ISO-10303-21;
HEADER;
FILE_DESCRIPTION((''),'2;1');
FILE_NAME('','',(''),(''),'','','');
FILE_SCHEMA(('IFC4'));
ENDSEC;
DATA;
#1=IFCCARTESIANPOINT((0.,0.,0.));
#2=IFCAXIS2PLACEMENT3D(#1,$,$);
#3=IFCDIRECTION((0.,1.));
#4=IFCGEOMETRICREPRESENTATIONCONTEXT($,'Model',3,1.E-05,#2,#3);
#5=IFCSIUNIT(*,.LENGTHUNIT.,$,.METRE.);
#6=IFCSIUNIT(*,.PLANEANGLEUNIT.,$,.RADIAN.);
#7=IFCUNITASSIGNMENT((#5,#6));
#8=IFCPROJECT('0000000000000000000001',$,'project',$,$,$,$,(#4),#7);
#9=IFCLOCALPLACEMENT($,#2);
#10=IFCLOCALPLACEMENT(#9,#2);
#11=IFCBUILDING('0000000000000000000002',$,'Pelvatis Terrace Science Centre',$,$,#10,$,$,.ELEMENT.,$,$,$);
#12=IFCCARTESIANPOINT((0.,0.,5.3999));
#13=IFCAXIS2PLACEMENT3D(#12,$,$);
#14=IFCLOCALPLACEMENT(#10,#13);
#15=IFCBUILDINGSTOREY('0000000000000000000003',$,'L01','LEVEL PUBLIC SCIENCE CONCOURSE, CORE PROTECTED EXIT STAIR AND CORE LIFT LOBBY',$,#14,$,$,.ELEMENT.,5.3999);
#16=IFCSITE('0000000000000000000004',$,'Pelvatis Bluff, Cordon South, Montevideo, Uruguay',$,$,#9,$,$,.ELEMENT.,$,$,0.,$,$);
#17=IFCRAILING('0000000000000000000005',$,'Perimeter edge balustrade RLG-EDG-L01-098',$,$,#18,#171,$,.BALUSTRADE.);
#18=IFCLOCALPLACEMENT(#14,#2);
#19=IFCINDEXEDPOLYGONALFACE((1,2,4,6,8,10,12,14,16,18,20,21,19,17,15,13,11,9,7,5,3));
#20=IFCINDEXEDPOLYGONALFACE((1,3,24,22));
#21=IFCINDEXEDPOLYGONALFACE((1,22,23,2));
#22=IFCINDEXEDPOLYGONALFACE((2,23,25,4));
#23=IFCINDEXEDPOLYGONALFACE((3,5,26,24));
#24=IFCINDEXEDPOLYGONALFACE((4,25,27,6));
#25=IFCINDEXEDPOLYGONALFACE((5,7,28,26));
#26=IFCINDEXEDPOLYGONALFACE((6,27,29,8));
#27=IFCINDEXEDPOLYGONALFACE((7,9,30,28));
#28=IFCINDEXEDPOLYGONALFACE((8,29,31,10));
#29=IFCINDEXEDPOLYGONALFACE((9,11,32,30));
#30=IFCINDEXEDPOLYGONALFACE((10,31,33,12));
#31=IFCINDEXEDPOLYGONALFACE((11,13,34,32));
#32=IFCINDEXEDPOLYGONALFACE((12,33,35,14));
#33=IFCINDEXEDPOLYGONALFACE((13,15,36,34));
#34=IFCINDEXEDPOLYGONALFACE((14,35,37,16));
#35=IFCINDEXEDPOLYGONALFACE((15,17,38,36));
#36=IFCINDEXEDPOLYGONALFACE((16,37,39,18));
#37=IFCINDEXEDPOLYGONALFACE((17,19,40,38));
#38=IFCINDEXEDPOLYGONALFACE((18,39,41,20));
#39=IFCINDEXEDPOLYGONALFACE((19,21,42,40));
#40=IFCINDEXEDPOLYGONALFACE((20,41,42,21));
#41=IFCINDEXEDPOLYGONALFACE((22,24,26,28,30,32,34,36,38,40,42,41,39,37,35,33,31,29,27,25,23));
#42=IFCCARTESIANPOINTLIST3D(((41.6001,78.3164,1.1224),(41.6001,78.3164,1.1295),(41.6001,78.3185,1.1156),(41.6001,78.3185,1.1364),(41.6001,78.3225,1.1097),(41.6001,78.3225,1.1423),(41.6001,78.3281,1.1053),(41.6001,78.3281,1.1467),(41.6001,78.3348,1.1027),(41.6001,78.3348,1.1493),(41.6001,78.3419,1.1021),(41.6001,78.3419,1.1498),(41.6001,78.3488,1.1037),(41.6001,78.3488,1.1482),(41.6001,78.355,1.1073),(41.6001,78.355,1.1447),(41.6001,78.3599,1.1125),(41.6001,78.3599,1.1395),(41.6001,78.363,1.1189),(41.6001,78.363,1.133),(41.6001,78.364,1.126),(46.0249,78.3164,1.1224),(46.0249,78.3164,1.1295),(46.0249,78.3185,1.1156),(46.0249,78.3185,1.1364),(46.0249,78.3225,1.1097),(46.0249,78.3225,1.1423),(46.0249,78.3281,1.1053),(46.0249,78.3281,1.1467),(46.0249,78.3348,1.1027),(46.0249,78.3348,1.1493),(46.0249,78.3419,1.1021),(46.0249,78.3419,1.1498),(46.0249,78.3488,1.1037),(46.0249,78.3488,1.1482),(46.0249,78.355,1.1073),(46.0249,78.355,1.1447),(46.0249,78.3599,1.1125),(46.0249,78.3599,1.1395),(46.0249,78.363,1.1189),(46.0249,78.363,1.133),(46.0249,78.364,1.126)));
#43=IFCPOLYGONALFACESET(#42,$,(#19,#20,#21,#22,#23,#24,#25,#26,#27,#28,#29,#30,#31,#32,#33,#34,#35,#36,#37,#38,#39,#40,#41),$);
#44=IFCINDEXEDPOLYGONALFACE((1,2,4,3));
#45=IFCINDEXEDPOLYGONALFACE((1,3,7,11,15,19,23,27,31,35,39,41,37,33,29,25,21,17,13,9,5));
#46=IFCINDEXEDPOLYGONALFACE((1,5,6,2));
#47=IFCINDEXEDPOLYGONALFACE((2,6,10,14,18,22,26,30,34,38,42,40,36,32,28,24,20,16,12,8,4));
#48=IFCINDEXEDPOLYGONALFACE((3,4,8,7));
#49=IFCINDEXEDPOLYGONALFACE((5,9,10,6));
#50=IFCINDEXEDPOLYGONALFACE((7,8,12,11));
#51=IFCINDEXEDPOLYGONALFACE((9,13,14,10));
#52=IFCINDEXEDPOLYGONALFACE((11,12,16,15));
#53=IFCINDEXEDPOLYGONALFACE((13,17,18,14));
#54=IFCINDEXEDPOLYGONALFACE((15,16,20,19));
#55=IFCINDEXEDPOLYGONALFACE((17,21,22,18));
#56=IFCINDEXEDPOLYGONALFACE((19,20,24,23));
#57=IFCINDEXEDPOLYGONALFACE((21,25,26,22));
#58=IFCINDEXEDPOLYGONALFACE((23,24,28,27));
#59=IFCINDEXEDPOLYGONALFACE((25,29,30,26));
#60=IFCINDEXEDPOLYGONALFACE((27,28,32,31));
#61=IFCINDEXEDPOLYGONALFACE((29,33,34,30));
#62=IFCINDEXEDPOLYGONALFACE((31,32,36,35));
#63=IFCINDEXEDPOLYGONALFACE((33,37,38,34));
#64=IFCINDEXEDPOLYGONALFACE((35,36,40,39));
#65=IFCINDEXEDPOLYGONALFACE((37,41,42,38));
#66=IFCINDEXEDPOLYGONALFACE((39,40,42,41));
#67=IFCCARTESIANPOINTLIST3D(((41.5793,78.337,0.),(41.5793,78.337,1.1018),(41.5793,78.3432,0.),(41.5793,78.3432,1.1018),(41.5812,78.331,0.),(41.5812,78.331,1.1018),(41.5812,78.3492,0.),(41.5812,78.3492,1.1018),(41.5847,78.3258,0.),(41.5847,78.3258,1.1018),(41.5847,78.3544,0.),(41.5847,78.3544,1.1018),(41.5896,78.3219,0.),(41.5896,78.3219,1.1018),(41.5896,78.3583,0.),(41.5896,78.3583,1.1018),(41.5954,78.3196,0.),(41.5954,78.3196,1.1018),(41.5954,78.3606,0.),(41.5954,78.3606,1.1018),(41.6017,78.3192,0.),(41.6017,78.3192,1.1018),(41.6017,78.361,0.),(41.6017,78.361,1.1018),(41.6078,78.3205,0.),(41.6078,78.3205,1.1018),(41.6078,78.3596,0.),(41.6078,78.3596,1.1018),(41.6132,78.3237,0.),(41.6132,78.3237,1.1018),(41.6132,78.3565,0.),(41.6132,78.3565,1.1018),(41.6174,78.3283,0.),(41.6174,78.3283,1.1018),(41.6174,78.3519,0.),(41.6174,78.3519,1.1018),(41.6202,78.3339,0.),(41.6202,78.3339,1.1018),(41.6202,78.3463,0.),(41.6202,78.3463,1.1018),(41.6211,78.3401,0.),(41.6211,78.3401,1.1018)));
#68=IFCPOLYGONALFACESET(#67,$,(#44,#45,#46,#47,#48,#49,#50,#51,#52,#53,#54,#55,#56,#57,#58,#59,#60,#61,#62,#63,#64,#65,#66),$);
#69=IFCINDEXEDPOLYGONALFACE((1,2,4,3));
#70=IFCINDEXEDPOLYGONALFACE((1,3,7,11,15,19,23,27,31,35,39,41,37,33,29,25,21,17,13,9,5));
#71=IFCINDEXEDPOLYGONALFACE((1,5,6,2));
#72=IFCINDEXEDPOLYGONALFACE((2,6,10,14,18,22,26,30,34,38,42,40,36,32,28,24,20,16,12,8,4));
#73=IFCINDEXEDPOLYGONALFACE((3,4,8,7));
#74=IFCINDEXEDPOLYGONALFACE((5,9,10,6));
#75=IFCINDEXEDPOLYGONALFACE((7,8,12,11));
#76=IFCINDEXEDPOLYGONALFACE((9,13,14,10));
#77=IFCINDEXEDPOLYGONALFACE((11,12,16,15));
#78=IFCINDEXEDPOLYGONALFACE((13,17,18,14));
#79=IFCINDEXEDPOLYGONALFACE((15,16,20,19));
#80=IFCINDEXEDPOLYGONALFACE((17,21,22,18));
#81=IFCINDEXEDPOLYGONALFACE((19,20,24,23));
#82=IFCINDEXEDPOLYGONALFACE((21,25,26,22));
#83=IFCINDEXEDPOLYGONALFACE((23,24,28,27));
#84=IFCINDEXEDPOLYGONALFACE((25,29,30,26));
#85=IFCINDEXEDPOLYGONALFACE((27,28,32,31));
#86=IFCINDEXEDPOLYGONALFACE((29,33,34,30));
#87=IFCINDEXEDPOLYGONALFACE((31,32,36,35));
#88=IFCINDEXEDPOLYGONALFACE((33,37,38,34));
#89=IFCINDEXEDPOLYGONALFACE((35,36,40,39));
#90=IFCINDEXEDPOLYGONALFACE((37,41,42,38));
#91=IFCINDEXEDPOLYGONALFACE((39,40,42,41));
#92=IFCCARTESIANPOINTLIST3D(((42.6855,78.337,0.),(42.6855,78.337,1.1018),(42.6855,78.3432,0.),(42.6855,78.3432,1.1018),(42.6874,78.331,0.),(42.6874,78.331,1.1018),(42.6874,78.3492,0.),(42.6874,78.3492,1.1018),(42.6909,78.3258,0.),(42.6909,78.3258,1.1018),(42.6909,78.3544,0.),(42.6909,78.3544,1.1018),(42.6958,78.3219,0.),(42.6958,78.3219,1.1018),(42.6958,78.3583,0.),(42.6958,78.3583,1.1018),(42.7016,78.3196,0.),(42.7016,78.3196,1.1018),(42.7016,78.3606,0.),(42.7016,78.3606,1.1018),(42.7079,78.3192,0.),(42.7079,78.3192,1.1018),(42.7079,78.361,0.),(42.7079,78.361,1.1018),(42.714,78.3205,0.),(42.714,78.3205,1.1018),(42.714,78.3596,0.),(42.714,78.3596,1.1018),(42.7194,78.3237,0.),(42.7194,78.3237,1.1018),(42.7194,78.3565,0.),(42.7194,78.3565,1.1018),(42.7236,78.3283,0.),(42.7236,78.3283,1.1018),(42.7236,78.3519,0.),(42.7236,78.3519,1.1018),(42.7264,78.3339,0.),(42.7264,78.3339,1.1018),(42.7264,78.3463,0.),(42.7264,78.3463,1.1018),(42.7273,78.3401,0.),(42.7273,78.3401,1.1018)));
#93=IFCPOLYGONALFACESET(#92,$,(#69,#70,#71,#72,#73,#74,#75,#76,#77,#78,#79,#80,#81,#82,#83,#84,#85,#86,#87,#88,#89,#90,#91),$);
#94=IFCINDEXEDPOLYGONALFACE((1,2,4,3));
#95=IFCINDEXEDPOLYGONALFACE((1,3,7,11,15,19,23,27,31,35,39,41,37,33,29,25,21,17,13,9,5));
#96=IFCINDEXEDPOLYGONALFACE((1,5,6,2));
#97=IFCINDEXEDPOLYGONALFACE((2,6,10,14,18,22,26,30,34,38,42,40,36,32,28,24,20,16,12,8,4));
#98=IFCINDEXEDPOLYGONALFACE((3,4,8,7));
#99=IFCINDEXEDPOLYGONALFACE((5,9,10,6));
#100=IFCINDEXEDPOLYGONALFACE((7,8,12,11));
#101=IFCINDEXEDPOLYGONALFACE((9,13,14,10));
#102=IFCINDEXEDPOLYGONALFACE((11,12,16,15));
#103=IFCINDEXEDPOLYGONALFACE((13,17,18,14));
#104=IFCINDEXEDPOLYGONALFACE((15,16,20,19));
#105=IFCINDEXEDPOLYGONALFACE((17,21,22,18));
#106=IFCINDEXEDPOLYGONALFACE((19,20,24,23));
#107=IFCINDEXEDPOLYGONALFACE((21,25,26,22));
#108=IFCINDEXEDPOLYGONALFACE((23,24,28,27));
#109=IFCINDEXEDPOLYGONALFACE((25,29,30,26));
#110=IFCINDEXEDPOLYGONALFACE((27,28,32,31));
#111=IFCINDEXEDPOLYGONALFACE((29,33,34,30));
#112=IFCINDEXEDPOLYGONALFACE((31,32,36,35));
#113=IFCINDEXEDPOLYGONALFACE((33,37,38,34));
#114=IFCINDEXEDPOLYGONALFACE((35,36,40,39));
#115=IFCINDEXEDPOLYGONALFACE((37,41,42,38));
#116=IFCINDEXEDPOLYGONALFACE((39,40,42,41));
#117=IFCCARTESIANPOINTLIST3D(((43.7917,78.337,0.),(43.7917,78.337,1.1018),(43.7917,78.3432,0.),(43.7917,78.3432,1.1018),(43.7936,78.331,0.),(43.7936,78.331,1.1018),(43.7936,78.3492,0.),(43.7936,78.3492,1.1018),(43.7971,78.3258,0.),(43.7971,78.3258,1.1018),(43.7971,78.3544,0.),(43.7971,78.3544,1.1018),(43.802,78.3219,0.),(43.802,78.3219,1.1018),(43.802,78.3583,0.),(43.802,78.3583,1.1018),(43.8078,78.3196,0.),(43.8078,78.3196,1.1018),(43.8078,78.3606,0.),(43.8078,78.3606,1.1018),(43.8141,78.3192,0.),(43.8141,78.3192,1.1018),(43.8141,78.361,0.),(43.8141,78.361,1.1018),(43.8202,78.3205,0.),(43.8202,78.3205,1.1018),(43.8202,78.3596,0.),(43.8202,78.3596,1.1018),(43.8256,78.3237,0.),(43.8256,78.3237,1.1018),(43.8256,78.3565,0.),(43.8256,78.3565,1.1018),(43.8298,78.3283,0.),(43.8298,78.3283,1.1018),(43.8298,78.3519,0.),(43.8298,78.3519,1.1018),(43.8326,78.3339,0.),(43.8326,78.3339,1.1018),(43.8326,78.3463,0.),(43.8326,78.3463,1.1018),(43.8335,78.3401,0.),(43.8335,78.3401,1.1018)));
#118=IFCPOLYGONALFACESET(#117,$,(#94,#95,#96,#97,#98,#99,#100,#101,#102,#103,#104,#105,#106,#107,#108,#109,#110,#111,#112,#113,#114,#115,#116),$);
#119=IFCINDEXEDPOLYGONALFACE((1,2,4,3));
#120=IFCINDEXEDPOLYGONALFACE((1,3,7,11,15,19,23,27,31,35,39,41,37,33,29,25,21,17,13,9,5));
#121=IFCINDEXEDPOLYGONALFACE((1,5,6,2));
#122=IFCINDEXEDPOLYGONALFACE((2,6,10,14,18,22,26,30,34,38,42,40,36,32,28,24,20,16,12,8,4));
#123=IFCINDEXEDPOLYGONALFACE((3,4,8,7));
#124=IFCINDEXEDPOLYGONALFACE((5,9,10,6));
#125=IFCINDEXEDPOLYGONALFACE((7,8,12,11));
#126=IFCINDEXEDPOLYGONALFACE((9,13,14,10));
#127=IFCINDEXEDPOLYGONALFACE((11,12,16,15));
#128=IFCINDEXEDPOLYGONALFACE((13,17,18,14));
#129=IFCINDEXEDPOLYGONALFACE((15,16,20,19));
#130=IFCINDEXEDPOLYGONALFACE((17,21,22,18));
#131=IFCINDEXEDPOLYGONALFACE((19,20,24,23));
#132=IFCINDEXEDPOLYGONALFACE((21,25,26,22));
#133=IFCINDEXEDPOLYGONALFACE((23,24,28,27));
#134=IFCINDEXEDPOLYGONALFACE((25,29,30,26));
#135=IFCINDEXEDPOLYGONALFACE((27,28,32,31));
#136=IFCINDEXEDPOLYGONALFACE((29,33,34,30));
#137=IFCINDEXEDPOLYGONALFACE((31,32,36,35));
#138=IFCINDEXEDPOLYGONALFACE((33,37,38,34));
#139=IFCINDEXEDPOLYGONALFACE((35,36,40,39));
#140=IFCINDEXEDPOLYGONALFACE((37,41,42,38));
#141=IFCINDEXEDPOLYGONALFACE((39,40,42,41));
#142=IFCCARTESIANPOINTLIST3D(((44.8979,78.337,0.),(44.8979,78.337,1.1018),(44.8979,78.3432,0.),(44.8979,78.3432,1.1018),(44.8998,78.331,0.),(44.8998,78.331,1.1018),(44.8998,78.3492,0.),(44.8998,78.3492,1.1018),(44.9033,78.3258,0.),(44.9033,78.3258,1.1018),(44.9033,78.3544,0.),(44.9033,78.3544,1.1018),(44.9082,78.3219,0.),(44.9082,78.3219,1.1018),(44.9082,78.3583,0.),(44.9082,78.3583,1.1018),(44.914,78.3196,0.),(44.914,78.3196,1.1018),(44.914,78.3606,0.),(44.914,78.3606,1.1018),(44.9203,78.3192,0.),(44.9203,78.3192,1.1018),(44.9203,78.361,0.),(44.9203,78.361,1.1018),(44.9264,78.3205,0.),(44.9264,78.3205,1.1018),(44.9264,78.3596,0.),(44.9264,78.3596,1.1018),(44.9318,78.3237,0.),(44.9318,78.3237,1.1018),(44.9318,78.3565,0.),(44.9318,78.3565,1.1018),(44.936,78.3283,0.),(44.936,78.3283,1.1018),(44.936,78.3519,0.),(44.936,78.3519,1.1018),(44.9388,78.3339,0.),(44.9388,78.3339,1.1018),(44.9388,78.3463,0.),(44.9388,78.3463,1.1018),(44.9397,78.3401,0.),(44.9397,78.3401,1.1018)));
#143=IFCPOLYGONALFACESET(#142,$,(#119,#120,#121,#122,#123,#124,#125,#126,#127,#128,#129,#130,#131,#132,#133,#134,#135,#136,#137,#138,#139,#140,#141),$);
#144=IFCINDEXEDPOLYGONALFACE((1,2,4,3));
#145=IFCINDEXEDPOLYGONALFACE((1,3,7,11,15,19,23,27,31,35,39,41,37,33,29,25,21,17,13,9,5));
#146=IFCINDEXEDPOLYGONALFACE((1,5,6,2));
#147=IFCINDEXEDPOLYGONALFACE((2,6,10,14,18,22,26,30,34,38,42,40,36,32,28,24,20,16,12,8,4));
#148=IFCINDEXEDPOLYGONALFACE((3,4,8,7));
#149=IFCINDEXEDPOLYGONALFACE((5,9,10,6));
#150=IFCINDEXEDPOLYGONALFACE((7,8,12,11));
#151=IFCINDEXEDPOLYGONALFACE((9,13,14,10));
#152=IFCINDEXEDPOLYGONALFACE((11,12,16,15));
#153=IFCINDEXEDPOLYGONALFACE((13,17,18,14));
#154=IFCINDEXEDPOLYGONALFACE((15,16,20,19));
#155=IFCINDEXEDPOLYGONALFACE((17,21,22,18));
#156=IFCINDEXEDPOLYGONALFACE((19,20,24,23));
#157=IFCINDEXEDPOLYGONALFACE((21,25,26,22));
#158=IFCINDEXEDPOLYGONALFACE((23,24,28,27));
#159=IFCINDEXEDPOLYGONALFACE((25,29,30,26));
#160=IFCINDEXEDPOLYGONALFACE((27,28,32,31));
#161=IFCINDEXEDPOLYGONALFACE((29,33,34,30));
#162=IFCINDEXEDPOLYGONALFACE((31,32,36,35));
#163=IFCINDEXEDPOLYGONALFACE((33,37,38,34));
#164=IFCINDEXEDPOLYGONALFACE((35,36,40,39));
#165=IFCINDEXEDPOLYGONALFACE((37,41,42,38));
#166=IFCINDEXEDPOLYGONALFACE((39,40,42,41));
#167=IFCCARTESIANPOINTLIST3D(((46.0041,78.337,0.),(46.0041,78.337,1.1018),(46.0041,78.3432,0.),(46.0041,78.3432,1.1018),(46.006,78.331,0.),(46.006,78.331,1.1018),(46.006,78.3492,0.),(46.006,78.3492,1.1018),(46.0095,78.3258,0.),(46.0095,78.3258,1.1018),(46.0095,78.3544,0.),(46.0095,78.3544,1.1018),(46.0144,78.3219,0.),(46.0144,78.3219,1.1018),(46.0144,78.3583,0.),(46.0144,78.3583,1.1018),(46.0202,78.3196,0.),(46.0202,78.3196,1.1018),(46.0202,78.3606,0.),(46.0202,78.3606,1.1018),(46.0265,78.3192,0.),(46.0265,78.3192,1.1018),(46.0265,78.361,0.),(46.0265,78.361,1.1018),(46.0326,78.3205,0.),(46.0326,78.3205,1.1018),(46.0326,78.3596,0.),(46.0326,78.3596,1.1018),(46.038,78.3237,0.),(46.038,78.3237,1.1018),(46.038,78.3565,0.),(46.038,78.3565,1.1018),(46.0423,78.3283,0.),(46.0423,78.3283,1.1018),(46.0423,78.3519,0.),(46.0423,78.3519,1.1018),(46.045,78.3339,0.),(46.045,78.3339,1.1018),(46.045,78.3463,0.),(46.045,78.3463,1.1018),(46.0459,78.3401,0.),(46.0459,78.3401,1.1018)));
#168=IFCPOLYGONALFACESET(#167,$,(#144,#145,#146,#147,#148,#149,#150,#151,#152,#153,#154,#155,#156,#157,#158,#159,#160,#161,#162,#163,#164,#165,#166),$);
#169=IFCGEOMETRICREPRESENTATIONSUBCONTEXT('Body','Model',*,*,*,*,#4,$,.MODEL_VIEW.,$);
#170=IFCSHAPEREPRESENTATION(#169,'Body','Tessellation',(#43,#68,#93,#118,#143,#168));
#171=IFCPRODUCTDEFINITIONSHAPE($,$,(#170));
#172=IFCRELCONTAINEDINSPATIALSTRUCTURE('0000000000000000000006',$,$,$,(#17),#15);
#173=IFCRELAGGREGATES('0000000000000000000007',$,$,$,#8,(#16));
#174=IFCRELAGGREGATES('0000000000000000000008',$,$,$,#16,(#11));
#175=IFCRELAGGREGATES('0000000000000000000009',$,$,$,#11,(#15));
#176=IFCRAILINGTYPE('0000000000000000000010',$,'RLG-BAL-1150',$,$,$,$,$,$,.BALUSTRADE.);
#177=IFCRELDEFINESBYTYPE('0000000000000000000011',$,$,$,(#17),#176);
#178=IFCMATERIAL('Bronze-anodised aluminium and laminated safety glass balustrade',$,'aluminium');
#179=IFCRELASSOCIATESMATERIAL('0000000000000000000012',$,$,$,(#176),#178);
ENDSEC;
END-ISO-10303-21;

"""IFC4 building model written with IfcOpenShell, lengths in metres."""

from ifc_helpers import new_model, si_unit, direction, frame, origin, origin_2d, place, context, subcontext, project, spatial, circle, extrude, material, type_object, element, save


model = new_model("IFC4")

# Units and contexts
model_context = context("Model", 3, precision=1e-05, world=origin(), true_north=direction((0.0, 1.0)))
body_context = subcontext(model_context, "Body", "Model", "MODEL_VIEW")
ifc_project = project(units=[si_unit("LENGTHUNIT", "METRE"), si_unit("PLANEANGLEUNIT", "RADIAN")], contexts=[model_context])

# Site, building, storey
site_placement = place(None, origin())
site = spatial("IfcSite", under=ifc_project, at=site_placement, Name="Pelvatis Bluff, Cordon South, Montevideo, Uruguay", CompositionType="ELEMENT", RefElevation=0.0)
building_placement = place(site_placement, origin())
building = spatial("IfcBuilding", under=site, at=building_placement, Name="Pelvatis Terrace Science Centre", CompositionType="ELEMENT")
storey_placement = place(building_placement, frame((0.0, 0.0, 5.3999)))
storey = spatial("IfcBuildingStorey", under=building, at=storey_placement, Name="L01", Description="LEVEL PUBLIC SCIENCE CONCOURSE, CORE PROTECTED EXIT STAIR AND CORE LIFT LOBBY", CompositionType="ELEMENT", Elevation=5.3999)

# Railing
ifc_material_1 = material(Name="Bronze-anodised aluminium and laminated safety glass balustrade", Category="aluminium")
railing_type_1 = type_object("IfcRailingType", Name="RLG-BAL-1150", PredefinedType="BALUSTRADE", material=ifc_material_1)
railing_1_placement = place(storey_placement, frame((41.6001, 78.3401, 0.0)))
element("IfcRailing", 1, at=railing_1_placement, inside=storey, type_object=railing_type_1, Name="Perimeter edge balustrade RLG-EDG-L01-098", PredefinedType="BALUSTRADE", context=body_context, shape_type="SweptSolid", body=[
    extrude(circle(Radius=0.0239, at=origin_2d()), frame((0.0, 0.0, 1.126), z_axis=(1.0, 0.0, 0.0), x_axis=(0.0, 1.0, 0.0)), (0.0, 0.0, 1.0), 4.4248),
    extrude(circle(Radius=0.021, at=origin_2d()), origin(), (0.0, 0.0, 1.0), 1.1018),
    extrude(circle(Radius=0.021, at=origin_2d()), frame((1.1062, 0.0, 0.0)), (0.0, 0.0, 1.0), 1.1018),
    extrude(circle(Radius=0.021, at=origin_2d()), frame((2.2124, 0.0, 0.0)), (0.0, 0.0, 1.0), 1.1018),
    extrude(circle(Radius=0.021, at=origin_2d()), frame((3.3186, 0.0, 0.0)), (0.0, 0.0, 1.0), 1.1018),
    extrude(circle(Radius=0.021, at=origin_2d()), frame((4.4248, 0.0, 0.0)), (0.0, 0.0, 1.0), 1.1018),
])

save(model, "model.ifc")
